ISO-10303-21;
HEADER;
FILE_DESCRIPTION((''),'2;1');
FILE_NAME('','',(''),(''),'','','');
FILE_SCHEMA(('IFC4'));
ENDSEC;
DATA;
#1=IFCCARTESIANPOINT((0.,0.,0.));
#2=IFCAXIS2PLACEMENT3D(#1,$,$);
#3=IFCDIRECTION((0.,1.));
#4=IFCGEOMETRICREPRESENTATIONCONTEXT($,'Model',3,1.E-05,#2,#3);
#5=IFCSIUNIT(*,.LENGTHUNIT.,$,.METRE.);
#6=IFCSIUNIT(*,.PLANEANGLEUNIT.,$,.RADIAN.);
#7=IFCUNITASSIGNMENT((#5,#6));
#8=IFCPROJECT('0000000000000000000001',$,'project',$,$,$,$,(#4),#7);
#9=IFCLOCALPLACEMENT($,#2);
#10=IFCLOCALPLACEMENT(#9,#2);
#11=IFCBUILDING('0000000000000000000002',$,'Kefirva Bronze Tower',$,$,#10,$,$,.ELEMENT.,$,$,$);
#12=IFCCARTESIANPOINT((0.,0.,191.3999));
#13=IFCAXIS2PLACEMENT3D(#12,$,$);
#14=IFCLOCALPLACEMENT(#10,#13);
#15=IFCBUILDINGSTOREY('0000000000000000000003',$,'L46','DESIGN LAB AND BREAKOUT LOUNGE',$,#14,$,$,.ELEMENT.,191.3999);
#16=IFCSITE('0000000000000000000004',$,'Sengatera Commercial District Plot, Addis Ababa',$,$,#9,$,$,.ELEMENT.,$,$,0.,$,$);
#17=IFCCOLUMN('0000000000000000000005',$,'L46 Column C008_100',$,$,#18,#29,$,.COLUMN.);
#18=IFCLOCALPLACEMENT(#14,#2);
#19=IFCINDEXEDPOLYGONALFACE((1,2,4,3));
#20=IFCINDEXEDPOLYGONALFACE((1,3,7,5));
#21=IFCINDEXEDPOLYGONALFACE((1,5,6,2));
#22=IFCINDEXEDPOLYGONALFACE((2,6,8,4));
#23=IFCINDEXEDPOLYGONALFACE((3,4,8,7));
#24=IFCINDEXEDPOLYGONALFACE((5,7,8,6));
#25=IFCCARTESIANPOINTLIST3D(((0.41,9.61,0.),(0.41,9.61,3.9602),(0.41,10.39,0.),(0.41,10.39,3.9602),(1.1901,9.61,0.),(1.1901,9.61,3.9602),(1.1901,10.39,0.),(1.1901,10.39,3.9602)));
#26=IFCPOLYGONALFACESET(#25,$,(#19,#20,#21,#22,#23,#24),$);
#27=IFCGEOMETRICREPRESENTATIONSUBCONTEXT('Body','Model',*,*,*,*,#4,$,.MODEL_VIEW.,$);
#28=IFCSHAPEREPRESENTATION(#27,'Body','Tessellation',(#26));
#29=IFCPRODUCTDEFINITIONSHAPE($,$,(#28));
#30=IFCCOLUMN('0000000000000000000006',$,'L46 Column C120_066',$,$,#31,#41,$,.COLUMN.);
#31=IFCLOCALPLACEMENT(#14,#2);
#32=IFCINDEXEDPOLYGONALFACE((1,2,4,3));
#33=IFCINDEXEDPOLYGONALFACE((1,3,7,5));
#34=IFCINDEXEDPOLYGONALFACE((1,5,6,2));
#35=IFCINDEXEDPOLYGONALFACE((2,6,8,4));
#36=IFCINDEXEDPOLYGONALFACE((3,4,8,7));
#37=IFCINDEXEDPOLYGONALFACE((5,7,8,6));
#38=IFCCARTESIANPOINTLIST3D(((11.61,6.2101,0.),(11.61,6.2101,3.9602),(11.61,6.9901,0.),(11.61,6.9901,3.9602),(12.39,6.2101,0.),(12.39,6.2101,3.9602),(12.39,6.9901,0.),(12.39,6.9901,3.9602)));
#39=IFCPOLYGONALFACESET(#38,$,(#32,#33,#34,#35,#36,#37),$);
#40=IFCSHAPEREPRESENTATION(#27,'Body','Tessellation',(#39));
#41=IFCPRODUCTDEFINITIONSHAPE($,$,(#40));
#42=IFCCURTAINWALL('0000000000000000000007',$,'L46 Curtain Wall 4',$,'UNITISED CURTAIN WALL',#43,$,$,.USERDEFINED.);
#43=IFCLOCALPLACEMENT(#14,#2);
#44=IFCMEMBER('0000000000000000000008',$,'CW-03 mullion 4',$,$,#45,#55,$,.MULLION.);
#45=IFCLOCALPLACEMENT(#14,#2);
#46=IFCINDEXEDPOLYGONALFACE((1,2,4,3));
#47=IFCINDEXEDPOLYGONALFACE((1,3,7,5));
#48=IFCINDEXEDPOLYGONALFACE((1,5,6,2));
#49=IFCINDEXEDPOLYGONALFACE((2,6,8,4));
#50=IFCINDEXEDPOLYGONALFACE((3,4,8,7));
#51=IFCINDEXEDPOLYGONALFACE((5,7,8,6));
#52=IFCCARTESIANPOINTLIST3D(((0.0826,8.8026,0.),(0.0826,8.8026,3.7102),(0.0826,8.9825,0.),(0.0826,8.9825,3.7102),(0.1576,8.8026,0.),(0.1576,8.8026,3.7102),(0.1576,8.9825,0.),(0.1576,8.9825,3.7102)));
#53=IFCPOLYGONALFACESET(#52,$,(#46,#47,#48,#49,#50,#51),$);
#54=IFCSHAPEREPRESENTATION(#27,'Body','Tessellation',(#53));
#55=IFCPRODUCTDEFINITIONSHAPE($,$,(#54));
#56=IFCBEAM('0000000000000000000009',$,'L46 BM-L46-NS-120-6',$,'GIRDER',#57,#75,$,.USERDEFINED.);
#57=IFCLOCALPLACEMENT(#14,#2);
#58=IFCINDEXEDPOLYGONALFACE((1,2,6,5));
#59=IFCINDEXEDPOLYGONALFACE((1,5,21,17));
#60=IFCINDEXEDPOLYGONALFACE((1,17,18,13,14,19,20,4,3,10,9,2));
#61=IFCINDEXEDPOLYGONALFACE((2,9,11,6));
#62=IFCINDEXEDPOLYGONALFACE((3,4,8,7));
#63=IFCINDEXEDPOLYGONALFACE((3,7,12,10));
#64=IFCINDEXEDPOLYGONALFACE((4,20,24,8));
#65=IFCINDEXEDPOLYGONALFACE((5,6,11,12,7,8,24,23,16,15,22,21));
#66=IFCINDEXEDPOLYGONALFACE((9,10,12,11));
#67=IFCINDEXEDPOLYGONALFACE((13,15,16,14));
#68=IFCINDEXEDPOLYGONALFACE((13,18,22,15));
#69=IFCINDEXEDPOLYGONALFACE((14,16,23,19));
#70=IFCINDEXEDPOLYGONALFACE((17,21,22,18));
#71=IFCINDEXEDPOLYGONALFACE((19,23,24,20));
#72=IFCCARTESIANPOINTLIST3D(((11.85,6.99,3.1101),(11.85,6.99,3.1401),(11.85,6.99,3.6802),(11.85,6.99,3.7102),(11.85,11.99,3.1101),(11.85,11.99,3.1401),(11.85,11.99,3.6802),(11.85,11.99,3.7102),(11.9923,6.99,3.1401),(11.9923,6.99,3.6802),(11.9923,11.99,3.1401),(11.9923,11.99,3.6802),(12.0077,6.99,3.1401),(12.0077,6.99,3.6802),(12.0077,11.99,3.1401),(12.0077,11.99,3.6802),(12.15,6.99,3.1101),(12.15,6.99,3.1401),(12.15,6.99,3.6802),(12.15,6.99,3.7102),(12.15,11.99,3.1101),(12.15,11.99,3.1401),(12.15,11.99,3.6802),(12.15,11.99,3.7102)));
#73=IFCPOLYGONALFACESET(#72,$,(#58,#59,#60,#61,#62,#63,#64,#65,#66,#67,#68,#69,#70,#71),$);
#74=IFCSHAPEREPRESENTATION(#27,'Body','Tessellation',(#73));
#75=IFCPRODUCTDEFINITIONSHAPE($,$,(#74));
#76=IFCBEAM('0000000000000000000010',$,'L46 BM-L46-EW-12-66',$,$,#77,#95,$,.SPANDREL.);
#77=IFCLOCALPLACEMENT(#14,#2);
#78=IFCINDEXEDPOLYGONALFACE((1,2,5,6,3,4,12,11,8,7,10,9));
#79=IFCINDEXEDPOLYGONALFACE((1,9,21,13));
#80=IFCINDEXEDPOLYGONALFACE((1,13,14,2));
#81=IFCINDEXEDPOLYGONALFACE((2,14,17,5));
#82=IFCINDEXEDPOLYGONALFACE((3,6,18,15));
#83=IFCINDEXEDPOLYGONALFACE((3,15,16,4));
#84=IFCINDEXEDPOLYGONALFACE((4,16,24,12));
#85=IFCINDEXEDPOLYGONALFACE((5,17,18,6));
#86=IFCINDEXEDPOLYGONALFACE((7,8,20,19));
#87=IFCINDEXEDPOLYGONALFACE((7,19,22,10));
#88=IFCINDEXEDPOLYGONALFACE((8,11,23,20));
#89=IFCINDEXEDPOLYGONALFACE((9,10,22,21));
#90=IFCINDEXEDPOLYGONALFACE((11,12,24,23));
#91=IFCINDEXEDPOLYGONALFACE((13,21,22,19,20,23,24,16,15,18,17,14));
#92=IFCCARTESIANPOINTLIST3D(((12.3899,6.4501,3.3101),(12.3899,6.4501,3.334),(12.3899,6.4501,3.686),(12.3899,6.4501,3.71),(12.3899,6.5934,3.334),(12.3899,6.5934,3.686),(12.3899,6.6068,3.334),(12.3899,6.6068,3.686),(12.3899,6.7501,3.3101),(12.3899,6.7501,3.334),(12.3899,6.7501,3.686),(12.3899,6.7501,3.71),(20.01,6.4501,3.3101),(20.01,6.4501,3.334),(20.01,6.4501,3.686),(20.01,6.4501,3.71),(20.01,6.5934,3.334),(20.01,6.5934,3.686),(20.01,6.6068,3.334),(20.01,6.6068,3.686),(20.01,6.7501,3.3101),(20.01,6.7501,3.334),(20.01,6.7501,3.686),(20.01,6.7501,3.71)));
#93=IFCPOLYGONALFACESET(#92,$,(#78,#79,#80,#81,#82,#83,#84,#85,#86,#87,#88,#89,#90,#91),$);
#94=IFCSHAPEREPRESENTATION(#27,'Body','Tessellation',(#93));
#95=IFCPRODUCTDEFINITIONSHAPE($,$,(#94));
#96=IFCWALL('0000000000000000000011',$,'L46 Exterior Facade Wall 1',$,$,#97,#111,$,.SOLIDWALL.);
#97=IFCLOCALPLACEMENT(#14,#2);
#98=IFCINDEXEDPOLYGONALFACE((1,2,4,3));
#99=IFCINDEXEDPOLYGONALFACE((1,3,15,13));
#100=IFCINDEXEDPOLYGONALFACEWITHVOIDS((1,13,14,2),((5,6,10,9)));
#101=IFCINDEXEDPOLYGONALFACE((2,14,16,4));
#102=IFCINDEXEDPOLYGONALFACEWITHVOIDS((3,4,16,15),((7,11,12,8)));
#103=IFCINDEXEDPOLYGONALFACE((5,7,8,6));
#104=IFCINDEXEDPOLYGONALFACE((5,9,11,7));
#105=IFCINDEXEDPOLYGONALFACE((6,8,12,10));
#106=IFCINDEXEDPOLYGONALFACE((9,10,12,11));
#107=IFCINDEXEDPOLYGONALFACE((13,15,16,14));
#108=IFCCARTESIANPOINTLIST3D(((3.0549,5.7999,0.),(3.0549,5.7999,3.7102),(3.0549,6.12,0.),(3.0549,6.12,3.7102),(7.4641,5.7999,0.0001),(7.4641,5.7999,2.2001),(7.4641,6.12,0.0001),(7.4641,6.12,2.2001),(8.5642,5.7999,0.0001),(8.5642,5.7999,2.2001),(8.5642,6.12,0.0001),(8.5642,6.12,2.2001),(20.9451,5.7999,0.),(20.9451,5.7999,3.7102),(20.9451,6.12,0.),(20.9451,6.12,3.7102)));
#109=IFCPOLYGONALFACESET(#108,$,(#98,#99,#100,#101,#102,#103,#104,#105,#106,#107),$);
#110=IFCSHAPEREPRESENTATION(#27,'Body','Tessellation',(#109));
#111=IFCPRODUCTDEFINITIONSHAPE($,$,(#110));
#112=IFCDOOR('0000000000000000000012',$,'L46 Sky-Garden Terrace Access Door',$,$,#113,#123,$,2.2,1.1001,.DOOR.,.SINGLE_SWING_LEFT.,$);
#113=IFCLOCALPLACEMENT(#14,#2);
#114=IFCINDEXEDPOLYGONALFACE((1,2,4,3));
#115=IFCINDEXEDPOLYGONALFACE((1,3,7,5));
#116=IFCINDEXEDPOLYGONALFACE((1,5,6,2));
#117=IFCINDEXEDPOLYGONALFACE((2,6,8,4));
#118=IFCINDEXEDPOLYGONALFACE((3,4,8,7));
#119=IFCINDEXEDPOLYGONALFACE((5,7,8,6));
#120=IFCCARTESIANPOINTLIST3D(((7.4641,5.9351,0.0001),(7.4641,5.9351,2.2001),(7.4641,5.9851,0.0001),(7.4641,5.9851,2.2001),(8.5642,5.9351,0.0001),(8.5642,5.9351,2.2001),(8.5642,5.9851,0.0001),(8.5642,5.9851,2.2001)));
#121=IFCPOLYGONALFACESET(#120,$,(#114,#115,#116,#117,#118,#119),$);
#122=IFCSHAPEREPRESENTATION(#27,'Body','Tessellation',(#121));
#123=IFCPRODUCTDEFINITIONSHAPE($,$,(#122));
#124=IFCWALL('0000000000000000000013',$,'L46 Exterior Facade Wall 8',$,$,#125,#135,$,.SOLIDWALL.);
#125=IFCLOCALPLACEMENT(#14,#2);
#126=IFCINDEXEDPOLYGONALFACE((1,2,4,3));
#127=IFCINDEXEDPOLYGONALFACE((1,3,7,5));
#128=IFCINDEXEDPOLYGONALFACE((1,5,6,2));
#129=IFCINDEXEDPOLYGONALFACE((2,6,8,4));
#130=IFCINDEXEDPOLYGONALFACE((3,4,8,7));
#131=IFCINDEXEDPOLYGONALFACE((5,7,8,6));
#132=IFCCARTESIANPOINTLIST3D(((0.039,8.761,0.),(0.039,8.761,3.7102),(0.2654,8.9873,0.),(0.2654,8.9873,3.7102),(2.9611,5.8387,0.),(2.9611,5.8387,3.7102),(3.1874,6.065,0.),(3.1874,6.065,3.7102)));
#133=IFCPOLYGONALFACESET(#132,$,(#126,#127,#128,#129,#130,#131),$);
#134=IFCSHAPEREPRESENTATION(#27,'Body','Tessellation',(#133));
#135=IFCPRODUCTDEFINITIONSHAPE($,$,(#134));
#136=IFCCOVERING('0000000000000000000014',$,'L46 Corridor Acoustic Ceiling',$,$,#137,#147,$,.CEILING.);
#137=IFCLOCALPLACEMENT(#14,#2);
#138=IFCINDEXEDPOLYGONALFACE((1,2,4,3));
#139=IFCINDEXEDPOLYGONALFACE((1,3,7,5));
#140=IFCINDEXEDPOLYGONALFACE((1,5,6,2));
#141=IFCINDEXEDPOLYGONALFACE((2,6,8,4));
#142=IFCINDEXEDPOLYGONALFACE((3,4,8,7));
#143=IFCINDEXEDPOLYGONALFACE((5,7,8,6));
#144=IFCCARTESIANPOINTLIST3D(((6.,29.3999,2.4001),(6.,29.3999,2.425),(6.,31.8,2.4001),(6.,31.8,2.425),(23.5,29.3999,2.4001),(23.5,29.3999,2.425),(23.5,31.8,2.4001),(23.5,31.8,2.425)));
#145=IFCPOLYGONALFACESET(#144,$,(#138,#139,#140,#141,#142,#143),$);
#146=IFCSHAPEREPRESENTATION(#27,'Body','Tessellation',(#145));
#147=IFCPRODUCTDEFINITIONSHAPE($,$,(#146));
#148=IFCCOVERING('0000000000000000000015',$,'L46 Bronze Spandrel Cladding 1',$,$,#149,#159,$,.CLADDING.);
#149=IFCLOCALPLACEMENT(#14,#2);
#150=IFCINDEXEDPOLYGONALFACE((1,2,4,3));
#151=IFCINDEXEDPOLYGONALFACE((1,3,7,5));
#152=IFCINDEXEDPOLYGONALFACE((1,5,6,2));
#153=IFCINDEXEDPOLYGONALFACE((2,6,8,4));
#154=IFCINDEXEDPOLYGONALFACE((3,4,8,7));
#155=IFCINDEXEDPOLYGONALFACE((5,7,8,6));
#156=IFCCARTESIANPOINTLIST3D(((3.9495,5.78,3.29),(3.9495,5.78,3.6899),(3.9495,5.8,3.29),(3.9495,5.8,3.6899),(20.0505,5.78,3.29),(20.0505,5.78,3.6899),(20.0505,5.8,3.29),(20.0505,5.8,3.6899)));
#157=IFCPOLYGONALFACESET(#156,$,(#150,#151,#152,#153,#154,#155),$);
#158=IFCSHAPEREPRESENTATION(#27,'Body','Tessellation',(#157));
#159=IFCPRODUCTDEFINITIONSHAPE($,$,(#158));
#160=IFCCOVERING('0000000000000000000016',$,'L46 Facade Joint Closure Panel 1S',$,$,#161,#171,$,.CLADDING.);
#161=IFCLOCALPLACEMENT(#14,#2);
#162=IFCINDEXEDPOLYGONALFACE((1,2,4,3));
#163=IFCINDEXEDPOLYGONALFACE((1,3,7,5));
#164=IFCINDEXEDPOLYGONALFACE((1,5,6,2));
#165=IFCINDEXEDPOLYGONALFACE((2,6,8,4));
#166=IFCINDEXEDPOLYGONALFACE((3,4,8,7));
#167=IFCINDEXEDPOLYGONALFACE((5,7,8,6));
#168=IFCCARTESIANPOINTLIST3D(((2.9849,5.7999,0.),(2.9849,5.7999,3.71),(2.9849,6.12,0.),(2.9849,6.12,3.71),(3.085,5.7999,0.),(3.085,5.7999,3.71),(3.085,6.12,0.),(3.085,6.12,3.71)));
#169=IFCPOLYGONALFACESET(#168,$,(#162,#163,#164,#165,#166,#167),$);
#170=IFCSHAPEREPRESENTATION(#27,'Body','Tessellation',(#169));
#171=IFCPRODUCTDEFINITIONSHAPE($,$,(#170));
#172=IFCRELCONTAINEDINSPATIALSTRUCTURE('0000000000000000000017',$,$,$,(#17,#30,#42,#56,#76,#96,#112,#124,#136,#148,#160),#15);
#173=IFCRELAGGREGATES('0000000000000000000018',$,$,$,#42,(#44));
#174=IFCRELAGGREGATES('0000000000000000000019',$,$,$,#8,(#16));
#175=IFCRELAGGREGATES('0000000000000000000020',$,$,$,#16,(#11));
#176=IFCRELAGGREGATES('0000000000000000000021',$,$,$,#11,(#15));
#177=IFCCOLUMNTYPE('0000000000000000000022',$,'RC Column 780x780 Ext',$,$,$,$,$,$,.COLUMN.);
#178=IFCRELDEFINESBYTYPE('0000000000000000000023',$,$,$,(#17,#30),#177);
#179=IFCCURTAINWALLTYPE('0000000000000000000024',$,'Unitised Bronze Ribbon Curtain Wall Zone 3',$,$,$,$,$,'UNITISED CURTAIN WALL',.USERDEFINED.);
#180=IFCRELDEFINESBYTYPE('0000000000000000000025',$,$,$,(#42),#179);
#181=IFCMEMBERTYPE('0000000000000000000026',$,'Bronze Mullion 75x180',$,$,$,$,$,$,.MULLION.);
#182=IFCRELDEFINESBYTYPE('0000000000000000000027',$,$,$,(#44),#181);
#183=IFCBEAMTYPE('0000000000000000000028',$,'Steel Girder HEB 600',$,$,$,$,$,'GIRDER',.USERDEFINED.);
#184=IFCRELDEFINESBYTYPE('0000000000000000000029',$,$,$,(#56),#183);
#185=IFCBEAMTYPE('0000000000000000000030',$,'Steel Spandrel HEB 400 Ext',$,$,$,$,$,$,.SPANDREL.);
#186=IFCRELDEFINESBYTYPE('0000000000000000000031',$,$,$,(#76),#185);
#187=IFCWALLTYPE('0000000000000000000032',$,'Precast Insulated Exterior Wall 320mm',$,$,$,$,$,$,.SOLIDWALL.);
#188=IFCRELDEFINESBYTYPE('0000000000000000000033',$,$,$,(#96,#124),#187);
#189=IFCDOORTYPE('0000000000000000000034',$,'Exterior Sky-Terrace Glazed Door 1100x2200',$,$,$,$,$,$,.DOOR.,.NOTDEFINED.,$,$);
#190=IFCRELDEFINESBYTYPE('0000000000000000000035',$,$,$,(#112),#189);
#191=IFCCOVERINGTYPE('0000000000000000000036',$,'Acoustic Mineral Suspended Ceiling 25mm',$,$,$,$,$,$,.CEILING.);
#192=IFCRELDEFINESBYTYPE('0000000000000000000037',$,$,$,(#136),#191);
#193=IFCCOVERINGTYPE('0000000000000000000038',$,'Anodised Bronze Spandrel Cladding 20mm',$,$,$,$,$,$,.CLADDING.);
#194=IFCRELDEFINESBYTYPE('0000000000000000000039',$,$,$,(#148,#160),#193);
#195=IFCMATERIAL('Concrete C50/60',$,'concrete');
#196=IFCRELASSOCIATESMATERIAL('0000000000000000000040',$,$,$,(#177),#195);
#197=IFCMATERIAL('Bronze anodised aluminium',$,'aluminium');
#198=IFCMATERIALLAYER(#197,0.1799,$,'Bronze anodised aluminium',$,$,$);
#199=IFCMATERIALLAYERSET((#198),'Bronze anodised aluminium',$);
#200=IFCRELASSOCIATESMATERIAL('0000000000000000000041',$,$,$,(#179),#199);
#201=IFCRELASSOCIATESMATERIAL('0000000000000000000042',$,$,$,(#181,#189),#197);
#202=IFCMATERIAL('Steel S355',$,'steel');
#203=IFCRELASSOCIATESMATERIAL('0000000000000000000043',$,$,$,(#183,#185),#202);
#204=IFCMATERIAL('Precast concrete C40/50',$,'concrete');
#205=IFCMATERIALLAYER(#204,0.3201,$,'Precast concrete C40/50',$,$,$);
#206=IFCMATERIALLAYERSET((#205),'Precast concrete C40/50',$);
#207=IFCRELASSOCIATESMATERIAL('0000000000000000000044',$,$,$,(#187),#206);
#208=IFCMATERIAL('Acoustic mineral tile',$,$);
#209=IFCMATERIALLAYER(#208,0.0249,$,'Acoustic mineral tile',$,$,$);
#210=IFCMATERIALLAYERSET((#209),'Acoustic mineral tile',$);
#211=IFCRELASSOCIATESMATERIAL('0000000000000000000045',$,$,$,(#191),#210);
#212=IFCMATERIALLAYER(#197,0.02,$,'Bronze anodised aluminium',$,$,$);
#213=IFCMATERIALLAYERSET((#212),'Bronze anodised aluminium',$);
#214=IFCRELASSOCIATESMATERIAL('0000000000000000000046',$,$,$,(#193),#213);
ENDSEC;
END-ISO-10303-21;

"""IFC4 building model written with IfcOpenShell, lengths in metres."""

from ifc_helpers import new_model, si_unit, direction, frame, frame_2d, origin, origin_2d, place, context, subcontext, project, spatial, polyline, rectangle, i_section, outline, extrude, material, layer, layer_set, material_profile, profile_set, type_object, element, fill, aggregate, save


model = new_model("IFC4")

# Units and contexts
model_context = context("Model", 3, precision=1e-05, world=origin(), true_north=direction((0.0, 1.0)))
body_context = subcontext(model_context, "Body", "Model", "MODEL_VIEW")
ifc_project = project(units=[si_unit("LENGTHUNIT", "METRE"), si_unit("PLANEANGLEUNIT", "RADIAN")], contexts=[model_context])

# Site, building, storey
site_placement = place(None, origin())
site = spatial("IfcSite", under=ifc_project, at=site_placement, Name="Sengatera Commercial District Plot, Addis Ababa", CompositionType="ELEMENT", RefElevation=0.0)
building_placement = place(site_placement, origin())
building = spatial("IfcBuilding", under=site, at=building_placement, Name="Kefirva Bronze Tower", CompositionType="ELEMENT")
storey_placement = place(building_placement, frame((0.0, 0.0, 191.3999)))
storey = spatial("IfcBuildingStorey", under=building, at=storey_placement, Name="L46", Description="DESIGN LAB AND BREAKOUT LOUNGE", CompositionType="ELEMENT", Elevation=191.3999)

# Columns
ifc_material_1 = material(Name="Concrete C50/60", Category="concrete")
ifc_material_profile_1 = material_profile(ifc_material_1, rectangle(XDim=0.78, YDim=0.78, at=origin_2d()), Name="RC 780x780")
ifc_profile_set_1 = profile_set([ifc_material_profile_1], Name="Concrete C50/60")
column_type = type_object("IfcColumnType", Name="RC Column 780x780 Ext", PredefinedType="COLUMN", material=ifc_profile_set_1)
for number, where, z_axis, x_axis, name in (
    (1, (0.8, 10.0, 0.0), (0.0, 0.0, 1.0), (1.0, 0.0, 0.0), "L46 Column C008_100"),
    (2, (12.0, 6.6001, 0.0), (0.0, 0.0, 1.0), (1.0, 0.0, 0.0), "L46 Column C120_066"),
):
    element("IfcColumn", number, at=place(storey_placement, frame(where, z_axis=z_axis, x_axis=x_axis)), inside=storey, type_object=column_type, Name=name, PredefinedType="COLUMN", context=body_context, shape_type="SweptSolid", body=[
        extrude(rectangle(XDim=0.78, YDim=0.78, at=origin_2d()), origin(), (0.0, 0.0, 1.0), 3.9602),
    ])

# Curtain wall, member
ifc_material_2 = material(Name="Bronze anodised aluminium", Category="aluminium")
ifc_layer_1 = layer(ifc_material_2, 0.1799, Name="Bronze anodised aluminium")
ifc_layer_set_1 = layer_set([ifc_layer_1], Name="Bronze anodised aluminium")
curtain_wall_type = type_object("IfcCurtainWallType", Name="Unitised Bronze Ribbon Curtain Wall Zone 3", ElementType="UNITISED CURTAIN WALL", PredefinedType="USERDEFINED", material=ifc_layer_set_1)
curtain_wall_placement = place(storey_placement, origin())
curtain_wall = element("IfcCurtainWall", 3, at=curtain_wall_placement, inside=storey, type_object=curtain_wall_type, Name="L46 Curtain Wall 4", ObjectType="UNITISED CURTAIN WALL", PredefinedType="USERDEFINED")
ifc_material_profile_2 = material_profile(ifc_material_2, rectangle(XDim=0.075, YDim=0.1799, at=origin_2d()), Name="ALU 75x180")
ifc_profile_set_2 = profile_set([ifc_material_profile_2], Name="Bronze anodised aluminium")
member_type = type_object("IfcMemberType", Name="Bronze Mullion 75x180", PredefinedType="MULLION", material=ifc_profile_set_2)
member_placement = place(storey_placement, frame((0.1201, 8.8926, 0.0), z_axis=(0.0, 0.0, 1.0), x_axis=(1.0, 0.0, 0.0)))
member = element("IfcMember", 4, at=member_placement, type_object=member_type, Name="CW-03 mullion 4", PredefinedType="MULLION", context=body_context, shape_type="SweptSolid", body=[
    extrude(rectangle(XDim=0.075, YDim=0.1799, at=origin_2d()), origin(), (0.0, 0.0, 1.0), 3.7102),
])
aggregate(curtain_wall, [member])

# Beams
ifc_material_3 = material(Name="Steel S355", Category="steel")
ifc_material_profile_3 = material_profile(ifc_material_3, i_section(OverallWidth=0.3, OverallDepth=0.6001, WebThickness=0.0154, FlangeThickness=0.03, at=origin_2d()), Name="HEB 600")
ifc_profile_set_3 = profile_set([ifc_material_profile_3], Name="Steel S355")
beam_type_1 = type_object("IfcBeamType", Name="Steel Girder HEB 600", ElementType="GIRDER", PredefinedType="USERDEFINED", material=ifc_profile_set_3)
beam_1_placement = place(storey_placement, frame((12.0, 6.99, 3.4102), z_axis=(0.0, 1.0, 0.0), x_axis=(-1.0, 0.0, 0.0)))
element("IfcBeam", 5, at=beam_1_placement, inside=storey, type_object=beam_type_1, Name="L46 BM-L46-NS-120-6", ObjectType="GIRDER", PredefinedType="USERDEFINED", context=body_context, shape_type="SweptSolid", body=[
    extrude(i_section(OverallWidth=0.3, OverallDepth=0.6001, WebThickness=0.0154, FlangeThickness=0.03, at=origin_2d()), origin(), (0.0, 0.0, 1.0), 5.0),
])
ifc_material_profile_4 = material_profile(ifc_material_3, i_section(OverallWidth=0.3, OverallDepth=0.3999, WebThickness=0.0134, FlangeThickness=0.0239, at=origin_2d()), Name="HEB 400")
ifc_profile_set_4 = profile_set([ifc_material_profile_4], Name="Steel S355")
beam_type_2 = type_object("IfcBeamType", Name="Steel Spandrel HEB 400 Ext", PredefinedType="SPANDREL", material=ifc_profile_set_4)
beam_2_placement = place(storey_placement, frame((12.3899, 6.6001, 3.51), z_axis=(1.0, 0.0, 0.0), x_axis=(0.0, 1.0, 0.0)))
element("IfcBeam", 6, at=beam_2_placement, inside=storey, type_object=beam_type_2, Name="L46 BM-L46-EW-12-66", PredefinedType="SPANDREL", context=body_context, shape_type="SweptSolid", body=[
    extrude(i_section(OverallWidth=0.3, OverallDepth=0.3999, WebThickness=0.0134, FlangeThickness=0.0239, at=origin_2d()), origin(), (0.0, 0.0, 1.0), 7.6201),
])

# Wall, opening, door
ifc_material_4 = material(Name="Precast concrete C40/50", Category="concrete")
ifc_layer_2 = layer(ifc_material_4, 0.3201, Name="Precast concrete C40/50")
ifc_layer_set_2 = layer_set([ifc_layer_2], Name="Precast concrete C40/50")
wall_type = type_object("IfcWallType", Name="Precast Insulated Exterior Wall 320mm", PredefinedType="SOLIDWALL", material=ifc_layer_set_2)
wall_1_placement = place(storey_placement, frame((3.0549, 5.96, 0.0), z_axis=(0.0, 0.0, 1.0), x_axis=(1.0, 0.0, 0.0)))
wall_1 = element("IfcWall", 7, at=wall_1_placement, inside=storey, type_object=wall_type, Name="L46 Exterior Facade Wall 1", PredefinedType="SOLIDWALL", context=body_context, shape_type="SweptSolid", body=[
    extrude(rectangle(XDim=17.8901, YDim=0.3201, at=frame_2d((8.9451, 0.0))), origin(), (0.0, 0.0, 1.0), 3.7102),
])
opening_placement = place(wall_1_placement, frame((5.5093, 0.0, 0.0), z_axis=(0.0, 0.0, 1.0), x_axis=(-1.0, 0.0, 0.0)))
opening = element("IfcOpeningElement", 8, at=opening_placement, cuts=wall_1, PredefinedType="OPENING", context=body_context, shape_type="SweptSolid", body=[
    extrude(rectangle(XDim=1.1001, YDim=2.2, at=frame_2d((0.55, 1.1001))), frame((0.0, 0.1699, 0.0), z_axis=(0.0, -1.0, 0.0), x_axis=(1.0, 0.0, 0.0)), (0.0, 0.0, 1.0), 0.3401),
])
door_type = type_object("IfcDoorType", Name="Exterior Sky-Terrace Glazed Door 1100x2200", OperationType="NOTDEFINED", PredefinedType="DOOR", material=ifc_material_2)
door_placement = place(opening_placement, origin())
door = element("IfcDoor", 9, at=door_placement, inside=storey, type_object=door_type, Name="L46 Sky-Garden Terrace Access Door", OperationType="SINGLE_SWING_LEFT", OverallHeight=2.2, OverallWidth=1.1001, PredefinedType="DOOR", context=body_context, shape_type="SweptSolid", body=[
    extrude(rectangle(XDim=1.1001, YDim=2.2, at=frame_2d((0.55, 1.1001))), frame((0.0, 0.0249, 0.0), z_axis=(0.0, -1.0, 0.0), x_axis=(1.0, 0.0, 0.0)), (0.0, 0.0, 1.0), 0.05),
])
fill(opening, door)

# Wall
wall_2_placement = place(storey_placement, frame((0.1521, 8.8743, 0.0), z_axis=(0.0, 0.0, 1.0), x_axis=(0.707077, -0.707136, 0.0)))
element("IfcWall", 10, at=wall_2_placement, inside=storey, type_object=wall_type, Name="L46 Exterior Facade Wall 8", PredefinedType="SOLIDWALL", context=body_context, shape_type="SweptSolid", body=[
    extrude(rectangle(XDim=4.1326, YDim=0.3201, at=frame_2d((2.0664, 0.0))), origin(), (0.0, 0.0, 1.0), 3.7102),
])

# Coverings
ifc_material_5 = material(Name="Acoustic mineral tile")
ifc_layer_3 = layer(ifc_material_5, 0.0249, Name="Acoustic mineral tile")
ifc_layer_set_3 = layer_set([ifc_layer_3], Name="Acoustic mineral tile")
covering_type_1 = type_object("IfcCoveringType", Name="Acoustic Mineral Suspended Ceiling 25mm", PredefinedType="CEILING", material=ifc_layer_set_3)
covering_1_placement = place(storey_placement, frame((0.0, 0.0, 2.4001)))
element("IfcCovering", 11, at=covering_1_placement, inside=storey, type_object=covering_type_1, Name="L46 Corridor Acoustic Ceiling", PredefinedType="CEILING", context=body_context, shape_type="SweptSolid", body=[
    extrude(outline(polyline([(6.0, 29.3999), (23.5, 29.3999), (23.5, 31.8), (6.0, 31.8), (6.0, 29.3999)])), origin(), (0.0, 0.0, 1.0), 0.0249),
])
ifc_layer_4 = layer(ifc_material_2, 0.02, Name="Bronze anodised aluminium")
ifc_layer_set_4 = layer_set([ifc_layer_4], Name="Bronze anodised aluminium")
covering_type_2 = type_object("IfcCoveringType", Name="Anodised Bronze Spandrel Cladding 20mm", PredefinedType="CLADDING", material=ifc_layer_set_4)
covering_2_placement = place(storey_placement, frame((12.0, 5.79, 3.29), z_axis=(0.0, 0.0, 1.0), x_axis=(1.0, 0.0, 0.0)))
element("IfcCovering", 12, at=covering_2_placement, inside=storey, type_object=covering_type_2, Name="L46 Bronze Spandrel Cladding 1", PredefinedType="CLADDING", context=body_context, shape_type="SweptSolid", body=[
    extrude(rectangle(XDim=16.1011, YDim=0.02, at=origin_2d()), origin(), (0.0, 0.0, 1.0), 0.3999),
])
covering_3_placement = place(storey_placement, frame((3.0349, 5.96, 0.0), z_axis=(0.0, 0.0, 1.0), x_axis=(1.0, 0.0, 0.0)))
element("IfcCovering", 13, at=covering_3_placement, inside=storey, type_object=covering_type_2, Name="L46 Facade Joint Closure Panel 1S", PredefinedType="CLADDING", context=body_context, shape_type="SweptSolid", body=[
    extrude(rectangle(XDim=0.1001, YDim=0.3201, at=origin_2d()), origin(), (0.0, 0.0, 1.0), 3.71),
])

save(model, "model.ifc")
